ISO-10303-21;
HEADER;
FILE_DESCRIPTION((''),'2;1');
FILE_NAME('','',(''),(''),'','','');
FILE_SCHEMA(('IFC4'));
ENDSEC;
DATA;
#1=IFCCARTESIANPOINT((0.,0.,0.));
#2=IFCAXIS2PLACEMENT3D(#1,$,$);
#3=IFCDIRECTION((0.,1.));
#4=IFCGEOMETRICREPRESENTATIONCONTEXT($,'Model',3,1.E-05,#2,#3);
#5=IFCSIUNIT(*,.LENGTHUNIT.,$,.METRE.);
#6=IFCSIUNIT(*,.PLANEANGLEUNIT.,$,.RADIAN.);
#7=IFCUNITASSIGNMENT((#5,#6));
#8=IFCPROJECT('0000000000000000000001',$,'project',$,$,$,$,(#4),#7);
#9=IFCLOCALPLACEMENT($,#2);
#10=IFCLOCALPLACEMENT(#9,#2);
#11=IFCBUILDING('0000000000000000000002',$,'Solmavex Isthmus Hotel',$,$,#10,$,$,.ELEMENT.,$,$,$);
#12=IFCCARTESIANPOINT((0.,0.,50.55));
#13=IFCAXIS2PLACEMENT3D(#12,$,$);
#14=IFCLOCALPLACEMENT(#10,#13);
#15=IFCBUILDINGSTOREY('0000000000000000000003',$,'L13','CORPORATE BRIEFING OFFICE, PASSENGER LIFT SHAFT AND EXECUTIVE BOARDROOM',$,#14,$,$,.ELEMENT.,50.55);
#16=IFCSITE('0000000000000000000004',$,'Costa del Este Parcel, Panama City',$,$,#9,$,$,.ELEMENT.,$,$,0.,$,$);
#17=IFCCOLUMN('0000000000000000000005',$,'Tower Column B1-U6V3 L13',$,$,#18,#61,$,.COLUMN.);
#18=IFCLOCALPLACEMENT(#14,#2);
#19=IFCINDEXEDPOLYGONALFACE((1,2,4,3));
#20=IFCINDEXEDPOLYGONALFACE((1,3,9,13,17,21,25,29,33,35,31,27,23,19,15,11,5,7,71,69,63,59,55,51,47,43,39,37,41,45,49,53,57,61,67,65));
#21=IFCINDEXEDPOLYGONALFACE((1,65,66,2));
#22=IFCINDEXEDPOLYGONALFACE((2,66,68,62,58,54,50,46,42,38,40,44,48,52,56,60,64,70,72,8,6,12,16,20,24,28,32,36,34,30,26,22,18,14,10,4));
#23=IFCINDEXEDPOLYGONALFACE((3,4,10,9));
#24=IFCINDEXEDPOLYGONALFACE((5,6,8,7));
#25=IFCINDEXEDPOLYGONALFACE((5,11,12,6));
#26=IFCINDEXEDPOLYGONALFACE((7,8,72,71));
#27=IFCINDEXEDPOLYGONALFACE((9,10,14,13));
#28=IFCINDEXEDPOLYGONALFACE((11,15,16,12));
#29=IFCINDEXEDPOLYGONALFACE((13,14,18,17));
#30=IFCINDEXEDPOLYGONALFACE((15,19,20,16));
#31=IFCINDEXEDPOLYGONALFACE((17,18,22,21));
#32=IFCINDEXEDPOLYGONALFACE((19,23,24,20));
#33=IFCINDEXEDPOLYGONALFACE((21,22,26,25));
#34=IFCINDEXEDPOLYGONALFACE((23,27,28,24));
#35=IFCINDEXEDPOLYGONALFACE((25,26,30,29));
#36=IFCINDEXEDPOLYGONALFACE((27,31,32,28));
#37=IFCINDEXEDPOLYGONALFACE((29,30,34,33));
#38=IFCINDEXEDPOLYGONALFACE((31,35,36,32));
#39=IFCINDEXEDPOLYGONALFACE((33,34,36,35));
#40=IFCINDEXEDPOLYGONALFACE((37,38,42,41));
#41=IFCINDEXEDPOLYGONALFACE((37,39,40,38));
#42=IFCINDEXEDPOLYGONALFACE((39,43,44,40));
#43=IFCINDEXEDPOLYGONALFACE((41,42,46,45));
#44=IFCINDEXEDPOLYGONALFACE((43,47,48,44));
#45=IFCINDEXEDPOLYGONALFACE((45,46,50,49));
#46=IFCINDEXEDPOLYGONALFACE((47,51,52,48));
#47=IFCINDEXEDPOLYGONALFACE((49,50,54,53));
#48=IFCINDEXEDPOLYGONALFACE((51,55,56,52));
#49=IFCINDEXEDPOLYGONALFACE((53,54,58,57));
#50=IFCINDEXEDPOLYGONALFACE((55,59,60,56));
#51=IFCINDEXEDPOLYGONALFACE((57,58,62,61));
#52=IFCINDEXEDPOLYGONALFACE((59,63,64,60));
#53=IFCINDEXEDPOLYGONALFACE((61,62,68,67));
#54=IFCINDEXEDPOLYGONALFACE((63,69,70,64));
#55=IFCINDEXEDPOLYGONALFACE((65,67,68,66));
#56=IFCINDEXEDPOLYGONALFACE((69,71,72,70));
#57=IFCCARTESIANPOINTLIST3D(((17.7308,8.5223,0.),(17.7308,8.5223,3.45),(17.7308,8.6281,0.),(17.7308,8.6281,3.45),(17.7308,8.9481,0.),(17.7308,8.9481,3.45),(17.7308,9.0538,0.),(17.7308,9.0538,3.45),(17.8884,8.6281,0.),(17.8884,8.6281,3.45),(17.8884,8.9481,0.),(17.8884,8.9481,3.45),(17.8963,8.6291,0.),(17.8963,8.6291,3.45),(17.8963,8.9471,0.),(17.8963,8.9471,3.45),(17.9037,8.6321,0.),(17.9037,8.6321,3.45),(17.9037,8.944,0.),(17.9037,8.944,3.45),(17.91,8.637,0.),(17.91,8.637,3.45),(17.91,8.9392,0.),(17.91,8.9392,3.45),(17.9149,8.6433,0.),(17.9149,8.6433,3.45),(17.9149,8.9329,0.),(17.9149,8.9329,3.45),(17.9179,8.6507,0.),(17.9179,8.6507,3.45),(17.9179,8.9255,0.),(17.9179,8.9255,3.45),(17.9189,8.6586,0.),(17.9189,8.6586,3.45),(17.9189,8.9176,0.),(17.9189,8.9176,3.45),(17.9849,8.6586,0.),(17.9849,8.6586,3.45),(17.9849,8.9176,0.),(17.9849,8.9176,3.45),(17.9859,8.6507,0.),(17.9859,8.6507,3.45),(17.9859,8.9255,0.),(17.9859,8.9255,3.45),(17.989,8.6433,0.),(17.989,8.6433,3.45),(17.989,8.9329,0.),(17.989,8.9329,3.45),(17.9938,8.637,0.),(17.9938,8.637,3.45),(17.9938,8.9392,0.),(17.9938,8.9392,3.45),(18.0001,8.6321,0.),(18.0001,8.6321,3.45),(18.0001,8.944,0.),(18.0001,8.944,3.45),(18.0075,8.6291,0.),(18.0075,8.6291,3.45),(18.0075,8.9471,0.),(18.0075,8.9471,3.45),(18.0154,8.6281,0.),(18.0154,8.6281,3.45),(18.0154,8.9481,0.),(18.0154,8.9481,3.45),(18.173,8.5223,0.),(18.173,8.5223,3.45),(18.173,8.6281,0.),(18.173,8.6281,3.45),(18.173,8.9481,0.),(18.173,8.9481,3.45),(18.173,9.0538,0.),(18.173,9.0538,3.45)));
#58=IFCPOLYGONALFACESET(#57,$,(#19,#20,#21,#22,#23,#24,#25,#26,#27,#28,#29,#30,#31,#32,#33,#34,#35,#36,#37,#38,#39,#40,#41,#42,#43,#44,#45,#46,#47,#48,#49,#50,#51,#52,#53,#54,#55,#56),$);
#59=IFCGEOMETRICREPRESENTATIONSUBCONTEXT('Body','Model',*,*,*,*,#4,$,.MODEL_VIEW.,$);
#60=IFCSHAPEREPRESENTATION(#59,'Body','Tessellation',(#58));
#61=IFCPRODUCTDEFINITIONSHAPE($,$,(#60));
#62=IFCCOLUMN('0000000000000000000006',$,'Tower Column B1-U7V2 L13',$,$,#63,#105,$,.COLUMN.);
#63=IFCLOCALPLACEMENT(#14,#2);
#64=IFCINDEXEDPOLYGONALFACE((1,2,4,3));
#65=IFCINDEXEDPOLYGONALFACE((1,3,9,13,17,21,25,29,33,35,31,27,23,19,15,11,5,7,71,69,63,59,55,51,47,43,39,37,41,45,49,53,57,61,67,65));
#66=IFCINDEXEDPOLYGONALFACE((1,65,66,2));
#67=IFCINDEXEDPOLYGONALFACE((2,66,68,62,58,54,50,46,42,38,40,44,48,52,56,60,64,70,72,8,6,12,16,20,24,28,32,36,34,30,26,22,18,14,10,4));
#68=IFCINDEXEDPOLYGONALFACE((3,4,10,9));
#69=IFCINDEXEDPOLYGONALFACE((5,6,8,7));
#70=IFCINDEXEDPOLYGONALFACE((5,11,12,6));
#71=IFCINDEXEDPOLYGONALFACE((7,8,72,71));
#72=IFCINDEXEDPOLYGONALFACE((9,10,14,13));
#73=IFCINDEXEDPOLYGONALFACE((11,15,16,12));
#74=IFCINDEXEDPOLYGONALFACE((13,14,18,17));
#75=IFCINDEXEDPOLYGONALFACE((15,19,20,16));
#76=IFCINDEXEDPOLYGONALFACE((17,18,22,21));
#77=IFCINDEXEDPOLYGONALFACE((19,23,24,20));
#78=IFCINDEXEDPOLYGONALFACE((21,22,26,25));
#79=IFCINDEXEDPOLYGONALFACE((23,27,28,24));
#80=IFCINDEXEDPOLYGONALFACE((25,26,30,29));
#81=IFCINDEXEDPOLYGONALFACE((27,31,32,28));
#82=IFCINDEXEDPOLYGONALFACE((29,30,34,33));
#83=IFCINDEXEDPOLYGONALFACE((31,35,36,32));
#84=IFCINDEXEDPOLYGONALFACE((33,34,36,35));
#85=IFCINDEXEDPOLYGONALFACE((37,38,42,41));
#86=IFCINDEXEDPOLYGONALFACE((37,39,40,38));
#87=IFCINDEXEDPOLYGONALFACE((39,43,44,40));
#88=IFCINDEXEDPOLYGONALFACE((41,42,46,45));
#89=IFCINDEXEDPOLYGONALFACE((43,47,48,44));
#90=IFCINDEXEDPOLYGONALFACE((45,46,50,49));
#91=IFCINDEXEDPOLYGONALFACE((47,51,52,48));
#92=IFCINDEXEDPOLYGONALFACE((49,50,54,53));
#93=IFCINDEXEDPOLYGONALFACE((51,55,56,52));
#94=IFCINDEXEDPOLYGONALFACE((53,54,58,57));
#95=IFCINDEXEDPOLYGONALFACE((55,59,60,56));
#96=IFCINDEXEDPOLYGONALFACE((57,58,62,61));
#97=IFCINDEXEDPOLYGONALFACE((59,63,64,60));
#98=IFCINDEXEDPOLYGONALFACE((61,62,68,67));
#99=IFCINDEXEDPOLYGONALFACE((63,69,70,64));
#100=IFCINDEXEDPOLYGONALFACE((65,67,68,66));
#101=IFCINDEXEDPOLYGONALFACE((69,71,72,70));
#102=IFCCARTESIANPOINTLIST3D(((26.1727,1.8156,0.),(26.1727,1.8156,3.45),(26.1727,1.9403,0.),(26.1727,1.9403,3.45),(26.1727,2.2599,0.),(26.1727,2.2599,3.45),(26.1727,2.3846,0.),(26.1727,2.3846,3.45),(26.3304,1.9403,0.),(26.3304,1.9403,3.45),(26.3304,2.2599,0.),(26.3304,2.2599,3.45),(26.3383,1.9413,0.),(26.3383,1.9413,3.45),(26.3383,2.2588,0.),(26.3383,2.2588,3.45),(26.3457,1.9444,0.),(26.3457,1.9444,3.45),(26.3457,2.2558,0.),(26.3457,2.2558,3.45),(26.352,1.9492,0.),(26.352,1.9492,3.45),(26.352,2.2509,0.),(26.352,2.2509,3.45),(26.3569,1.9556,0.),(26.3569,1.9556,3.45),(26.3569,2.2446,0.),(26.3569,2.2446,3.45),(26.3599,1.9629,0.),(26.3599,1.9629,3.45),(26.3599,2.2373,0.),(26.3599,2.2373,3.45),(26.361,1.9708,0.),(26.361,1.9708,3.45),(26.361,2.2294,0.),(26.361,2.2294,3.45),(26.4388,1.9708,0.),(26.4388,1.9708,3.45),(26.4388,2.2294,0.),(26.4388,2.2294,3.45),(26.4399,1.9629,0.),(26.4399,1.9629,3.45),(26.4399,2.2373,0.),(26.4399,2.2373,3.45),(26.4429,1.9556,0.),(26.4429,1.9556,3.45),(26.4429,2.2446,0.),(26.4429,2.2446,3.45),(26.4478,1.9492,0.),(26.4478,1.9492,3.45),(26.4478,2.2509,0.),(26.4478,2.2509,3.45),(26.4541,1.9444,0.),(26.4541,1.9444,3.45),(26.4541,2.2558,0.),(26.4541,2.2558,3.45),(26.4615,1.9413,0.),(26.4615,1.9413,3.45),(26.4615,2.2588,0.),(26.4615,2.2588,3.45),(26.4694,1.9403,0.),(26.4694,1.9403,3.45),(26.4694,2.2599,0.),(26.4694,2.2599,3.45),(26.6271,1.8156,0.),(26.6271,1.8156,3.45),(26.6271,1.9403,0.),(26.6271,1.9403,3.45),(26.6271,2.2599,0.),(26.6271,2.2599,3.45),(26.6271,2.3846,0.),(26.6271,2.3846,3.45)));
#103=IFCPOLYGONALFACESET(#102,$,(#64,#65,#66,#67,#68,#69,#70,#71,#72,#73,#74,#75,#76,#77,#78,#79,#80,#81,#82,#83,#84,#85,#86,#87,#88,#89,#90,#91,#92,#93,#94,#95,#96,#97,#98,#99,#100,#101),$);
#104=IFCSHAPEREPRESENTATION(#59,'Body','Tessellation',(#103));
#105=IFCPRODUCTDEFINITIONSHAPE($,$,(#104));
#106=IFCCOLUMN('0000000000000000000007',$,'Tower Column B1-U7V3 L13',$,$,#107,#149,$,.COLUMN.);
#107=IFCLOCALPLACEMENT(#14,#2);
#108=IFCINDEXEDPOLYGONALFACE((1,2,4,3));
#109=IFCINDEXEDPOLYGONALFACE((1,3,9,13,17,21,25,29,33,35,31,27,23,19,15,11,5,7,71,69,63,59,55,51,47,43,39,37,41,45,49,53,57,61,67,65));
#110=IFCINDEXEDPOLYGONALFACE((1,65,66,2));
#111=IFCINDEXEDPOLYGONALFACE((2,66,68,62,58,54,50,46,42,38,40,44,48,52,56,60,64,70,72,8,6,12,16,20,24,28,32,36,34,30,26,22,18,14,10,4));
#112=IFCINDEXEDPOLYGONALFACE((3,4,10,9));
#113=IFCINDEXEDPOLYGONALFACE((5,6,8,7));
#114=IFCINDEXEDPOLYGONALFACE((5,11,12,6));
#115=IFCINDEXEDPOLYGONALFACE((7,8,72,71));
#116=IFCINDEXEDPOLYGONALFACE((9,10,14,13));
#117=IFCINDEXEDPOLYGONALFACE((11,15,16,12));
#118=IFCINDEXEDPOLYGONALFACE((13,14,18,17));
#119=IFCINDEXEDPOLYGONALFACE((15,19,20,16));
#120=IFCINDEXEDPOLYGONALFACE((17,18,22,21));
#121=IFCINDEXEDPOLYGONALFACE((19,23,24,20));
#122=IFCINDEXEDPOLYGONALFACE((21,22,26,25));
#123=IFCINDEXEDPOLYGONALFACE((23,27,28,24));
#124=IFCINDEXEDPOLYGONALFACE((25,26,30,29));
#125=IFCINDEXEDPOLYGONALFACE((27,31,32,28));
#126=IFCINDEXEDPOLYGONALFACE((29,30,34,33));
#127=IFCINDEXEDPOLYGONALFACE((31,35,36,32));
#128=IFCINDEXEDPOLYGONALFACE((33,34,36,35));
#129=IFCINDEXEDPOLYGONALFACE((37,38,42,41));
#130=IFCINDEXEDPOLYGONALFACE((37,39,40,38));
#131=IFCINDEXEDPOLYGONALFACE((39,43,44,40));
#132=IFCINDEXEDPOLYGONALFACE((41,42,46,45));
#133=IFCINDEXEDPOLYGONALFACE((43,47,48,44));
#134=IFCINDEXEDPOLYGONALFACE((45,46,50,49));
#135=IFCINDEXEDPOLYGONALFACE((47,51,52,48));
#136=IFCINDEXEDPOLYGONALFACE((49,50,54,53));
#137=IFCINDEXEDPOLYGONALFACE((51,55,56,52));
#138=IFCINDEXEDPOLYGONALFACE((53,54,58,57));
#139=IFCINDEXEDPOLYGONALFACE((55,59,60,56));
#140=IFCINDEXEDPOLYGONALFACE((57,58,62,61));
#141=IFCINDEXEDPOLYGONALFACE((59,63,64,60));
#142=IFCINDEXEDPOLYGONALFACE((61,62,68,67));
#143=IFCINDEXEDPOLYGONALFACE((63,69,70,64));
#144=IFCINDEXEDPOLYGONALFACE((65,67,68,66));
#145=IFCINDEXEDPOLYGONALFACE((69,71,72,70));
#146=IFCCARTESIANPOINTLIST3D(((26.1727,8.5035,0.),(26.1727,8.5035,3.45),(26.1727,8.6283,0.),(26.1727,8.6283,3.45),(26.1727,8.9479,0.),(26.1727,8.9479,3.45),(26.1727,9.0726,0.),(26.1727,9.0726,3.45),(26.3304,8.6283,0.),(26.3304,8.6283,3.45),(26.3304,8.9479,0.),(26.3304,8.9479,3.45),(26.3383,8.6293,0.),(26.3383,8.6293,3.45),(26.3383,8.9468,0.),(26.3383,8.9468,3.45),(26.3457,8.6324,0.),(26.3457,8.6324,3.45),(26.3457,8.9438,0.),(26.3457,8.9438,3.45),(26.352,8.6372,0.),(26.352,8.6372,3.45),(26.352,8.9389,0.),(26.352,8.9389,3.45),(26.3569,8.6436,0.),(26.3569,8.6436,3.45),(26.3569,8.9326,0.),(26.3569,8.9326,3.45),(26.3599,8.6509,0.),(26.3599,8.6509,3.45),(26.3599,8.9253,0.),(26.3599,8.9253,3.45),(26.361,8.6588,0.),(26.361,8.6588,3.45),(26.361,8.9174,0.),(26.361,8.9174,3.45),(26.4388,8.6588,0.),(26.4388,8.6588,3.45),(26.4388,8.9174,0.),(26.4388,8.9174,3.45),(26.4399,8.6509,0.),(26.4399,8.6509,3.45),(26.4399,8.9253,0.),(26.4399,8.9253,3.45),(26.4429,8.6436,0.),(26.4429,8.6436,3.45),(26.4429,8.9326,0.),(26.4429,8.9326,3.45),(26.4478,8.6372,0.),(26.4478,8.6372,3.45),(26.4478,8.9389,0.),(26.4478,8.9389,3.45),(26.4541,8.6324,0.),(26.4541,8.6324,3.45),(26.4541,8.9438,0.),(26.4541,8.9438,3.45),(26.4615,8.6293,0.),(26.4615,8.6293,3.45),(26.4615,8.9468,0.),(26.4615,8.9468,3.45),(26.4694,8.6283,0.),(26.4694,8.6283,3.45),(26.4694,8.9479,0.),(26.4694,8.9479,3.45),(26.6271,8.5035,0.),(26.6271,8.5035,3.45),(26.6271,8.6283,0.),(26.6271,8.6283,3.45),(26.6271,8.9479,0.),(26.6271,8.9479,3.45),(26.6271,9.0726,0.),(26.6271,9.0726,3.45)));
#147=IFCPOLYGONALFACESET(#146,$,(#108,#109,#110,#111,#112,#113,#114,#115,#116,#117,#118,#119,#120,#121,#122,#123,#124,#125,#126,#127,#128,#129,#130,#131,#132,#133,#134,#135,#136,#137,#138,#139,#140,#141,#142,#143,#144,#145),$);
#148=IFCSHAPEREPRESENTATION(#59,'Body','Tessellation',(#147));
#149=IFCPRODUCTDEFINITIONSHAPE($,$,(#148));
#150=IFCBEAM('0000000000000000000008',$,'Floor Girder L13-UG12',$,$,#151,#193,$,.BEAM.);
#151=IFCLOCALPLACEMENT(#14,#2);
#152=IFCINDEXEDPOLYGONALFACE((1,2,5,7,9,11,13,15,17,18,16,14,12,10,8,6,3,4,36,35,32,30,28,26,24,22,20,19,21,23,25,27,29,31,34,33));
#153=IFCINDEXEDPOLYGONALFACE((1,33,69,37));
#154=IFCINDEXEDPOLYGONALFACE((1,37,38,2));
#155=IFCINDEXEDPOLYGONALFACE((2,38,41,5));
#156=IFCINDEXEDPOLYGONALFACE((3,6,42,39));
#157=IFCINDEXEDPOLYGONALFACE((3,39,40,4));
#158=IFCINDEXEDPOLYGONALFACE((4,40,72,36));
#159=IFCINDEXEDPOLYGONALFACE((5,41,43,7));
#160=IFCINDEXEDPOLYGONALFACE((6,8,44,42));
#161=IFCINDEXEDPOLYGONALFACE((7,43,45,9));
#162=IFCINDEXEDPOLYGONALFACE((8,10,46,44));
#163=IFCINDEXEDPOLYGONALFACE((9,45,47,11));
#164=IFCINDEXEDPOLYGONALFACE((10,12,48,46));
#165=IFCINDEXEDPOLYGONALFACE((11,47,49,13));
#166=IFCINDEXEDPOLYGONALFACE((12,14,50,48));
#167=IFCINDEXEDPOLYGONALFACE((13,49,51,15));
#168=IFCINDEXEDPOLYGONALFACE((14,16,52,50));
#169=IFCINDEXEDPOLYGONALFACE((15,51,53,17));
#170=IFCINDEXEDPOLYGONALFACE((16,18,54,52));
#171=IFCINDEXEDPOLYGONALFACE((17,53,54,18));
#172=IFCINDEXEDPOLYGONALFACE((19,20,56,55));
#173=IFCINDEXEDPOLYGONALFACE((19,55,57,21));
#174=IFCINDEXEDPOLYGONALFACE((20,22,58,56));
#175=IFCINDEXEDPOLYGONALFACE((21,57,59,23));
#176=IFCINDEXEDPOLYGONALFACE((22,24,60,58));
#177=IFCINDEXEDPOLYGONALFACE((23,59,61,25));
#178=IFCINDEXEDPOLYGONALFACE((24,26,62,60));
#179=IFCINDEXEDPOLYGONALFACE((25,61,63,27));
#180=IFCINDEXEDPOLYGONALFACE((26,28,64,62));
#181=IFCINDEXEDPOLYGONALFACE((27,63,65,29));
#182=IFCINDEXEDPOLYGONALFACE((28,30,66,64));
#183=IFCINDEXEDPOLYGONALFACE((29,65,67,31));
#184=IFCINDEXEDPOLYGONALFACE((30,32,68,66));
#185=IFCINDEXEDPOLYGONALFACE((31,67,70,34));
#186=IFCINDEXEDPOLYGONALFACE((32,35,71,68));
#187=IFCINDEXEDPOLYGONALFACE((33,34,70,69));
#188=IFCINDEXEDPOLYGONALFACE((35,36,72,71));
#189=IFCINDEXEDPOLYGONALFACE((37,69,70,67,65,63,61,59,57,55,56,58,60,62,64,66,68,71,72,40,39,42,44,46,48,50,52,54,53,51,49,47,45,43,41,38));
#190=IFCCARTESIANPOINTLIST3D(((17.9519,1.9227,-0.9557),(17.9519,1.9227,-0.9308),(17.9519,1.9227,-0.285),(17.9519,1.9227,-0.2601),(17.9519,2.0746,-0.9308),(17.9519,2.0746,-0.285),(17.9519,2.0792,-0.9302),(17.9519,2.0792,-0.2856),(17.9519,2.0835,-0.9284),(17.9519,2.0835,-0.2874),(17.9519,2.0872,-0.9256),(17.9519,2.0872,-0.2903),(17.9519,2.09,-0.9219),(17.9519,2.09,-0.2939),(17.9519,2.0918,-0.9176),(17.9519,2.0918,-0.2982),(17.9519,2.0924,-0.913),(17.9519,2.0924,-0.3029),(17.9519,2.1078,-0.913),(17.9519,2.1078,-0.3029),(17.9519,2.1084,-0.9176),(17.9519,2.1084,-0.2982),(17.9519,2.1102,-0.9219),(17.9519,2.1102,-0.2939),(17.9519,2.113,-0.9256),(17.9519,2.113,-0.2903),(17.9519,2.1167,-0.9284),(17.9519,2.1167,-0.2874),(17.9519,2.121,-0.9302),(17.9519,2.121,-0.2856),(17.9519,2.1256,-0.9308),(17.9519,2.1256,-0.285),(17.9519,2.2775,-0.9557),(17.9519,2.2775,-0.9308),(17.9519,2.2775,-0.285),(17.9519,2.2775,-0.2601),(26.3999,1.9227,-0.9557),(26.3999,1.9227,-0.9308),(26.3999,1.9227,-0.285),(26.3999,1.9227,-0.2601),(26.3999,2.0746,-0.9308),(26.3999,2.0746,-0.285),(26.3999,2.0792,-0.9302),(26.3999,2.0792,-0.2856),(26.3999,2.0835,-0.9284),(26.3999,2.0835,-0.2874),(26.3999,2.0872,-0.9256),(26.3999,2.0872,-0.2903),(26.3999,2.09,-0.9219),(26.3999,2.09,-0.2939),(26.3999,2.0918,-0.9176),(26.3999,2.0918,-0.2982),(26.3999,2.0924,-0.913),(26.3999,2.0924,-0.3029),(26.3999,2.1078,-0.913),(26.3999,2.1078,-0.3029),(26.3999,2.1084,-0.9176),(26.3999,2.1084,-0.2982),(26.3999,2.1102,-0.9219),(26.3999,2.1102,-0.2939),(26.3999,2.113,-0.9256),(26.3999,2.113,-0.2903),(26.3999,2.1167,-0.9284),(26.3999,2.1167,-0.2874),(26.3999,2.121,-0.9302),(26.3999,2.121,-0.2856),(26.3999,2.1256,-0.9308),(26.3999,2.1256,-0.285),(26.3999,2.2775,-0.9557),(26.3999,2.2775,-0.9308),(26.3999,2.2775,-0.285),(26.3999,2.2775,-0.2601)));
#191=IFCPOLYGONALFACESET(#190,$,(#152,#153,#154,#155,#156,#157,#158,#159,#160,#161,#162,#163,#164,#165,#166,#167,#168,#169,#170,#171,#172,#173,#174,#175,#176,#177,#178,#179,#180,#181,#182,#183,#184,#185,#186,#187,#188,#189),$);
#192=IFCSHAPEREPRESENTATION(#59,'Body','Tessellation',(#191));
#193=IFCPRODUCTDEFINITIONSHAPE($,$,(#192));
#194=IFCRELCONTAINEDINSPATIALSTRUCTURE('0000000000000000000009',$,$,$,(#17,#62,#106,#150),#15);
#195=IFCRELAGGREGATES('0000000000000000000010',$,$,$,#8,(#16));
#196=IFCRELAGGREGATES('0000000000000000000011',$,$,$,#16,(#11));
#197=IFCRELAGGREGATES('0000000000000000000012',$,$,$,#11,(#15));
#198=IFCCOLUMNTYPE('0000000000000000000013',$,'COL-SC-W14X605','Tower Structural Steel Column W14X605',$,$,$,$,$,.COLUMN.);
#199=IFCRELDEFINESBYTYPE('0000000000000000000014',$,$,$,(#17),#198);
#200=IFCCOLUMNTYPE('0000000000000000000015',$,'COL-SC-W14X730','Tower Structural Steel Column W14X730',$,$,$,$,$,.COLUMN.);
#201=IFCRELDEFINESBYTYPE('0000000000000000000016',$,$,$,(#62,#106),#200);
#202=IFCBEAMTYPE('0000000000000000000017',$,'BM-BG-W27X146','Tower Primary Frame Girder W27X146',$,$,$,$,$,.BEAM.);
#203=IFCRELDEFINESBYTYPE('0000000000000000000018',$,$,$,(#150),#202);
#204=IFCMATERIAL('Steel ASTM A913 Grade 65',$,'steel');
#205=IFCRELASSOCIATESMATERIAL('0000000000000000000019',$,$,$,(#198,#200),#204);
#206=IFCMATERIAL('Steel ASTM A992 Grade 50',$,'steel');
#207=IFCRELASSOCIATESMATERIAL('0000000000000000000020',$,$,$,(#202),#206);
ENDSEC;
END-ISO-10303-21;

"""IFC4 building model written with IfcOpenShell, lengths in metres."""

from ifc_helpers import new_model, si_unit, direction, frame, origin, origin_2d, place, context, subcontext, project, spatial, i_section, extrude, material, material_profile, profile_set, type_object, element, save


model = new_model("IFC4")

# Units and contexts
model_context = context("Model", 3, precision=1e-05, world=origin(), true_north=direction((0.0, 1.0)))
body_context = subcontext(model_context, "Body", "Model", "MODEL_VIEW")
ifc_project = project(units=[si_unit("LENGTHUNIT", "METRE"), si_unit("PLANEANGLEUNIT", "RADIAN")], contexts=[model_context])

# Site, building, storey
site_placement = place(None, origin())
site = spatial("IfcSite", under=ifc_project, at=site_placement, Name="Costa del Este Parcel, Panama City", CompositionType="ELEMENT", RefElevation=0.0)
building_placement = place(site_placement, origin())
building = spatial("IfcBuilding", under=site, at=building_placement, Name="Solmavex Isthmus Hotel", CompositionType="ELEMENT")
storey_placement = place(building_placement, frame((0.0, 0.0, 50.55)))
storey = spatial("IfcBuildingStorey", under=building, at=storey_placement, Name="L13", Description="CORPORATE BRIEFING OFFICE, PASSENGER LIFT SHAFT AND EXECUTIVE BOARDROOM", CompositionType="ELEMENT", Elevation=50.55)

# Columns
ifc_material_1 = material(Name="Steel ASTM A913 Grade 65", Category="steel")
ifc_material_profile_1 = material_profile(ifc_material_1, i_section(OverallWidth=0.4421, OverallDepth=0.5315, WebThickness=0.0659, FlangeThickness=0.1057, FilletRadius=0.0305, at=origin_2d()), Name="W14X605")
ifc_profile_set_1 = profile_set([ifc_material_profile_1], Name="Steel ASTM A913 Grade 65")
column_type_1 = type_object("IfcColumnType", Name="COL-SC-W14X605", Description="Tower Structural Steel Column W14X605", PredefinedType="COLUMN", material=ifc_profile_set_1)
column_placement = place(storey_placement, frame((17.9519, 8.7881, 0.0), z_axis=(0.0, 0.0, 1.0), x_axis=(1.0, 0.0, 0.0)))
element("IfcColumn", 1, at=column_placement, inside=storey, type_object=column_type_1, Name="Tower Column B1-U6V3 L13", PredefinedType="COLUMN", context=body_context, shape_type="SweptSolid", body=[
    extrude(i_section(OverallWidth=0.4421, OverallDepth=0.5315, WebThickness=0.0659, FlangeThickness=0.1057, FilletRadius=0.0305, at=origin_2d()), origin(), (0.0, 0.0, 1.0), 3.45),
])
ifc_material_profile_2 = material_profile(ifc_material_1, i_section(OverallWidth=0.4543, OverallDepth=0.5691, WebThickness=0.0779, FlangeThickness=0.1248, FilletRadius=0.0305, at=origin_2d()), Name="W14X730")
ifc_profile_set_2 = profile_set([ifc_material_profile_2], Name="Steel ASTM A913 Grade 65")
column_type_2 = type_object("IfcColumnType", Name="COL-SC-W14X730", Description="Tower Structural Steel Column W14X730", PredefinedType="COLUMN", material=ifc_profile_set_2)
for number, where, z_axis, x_axis, name in (
    (2, (26.3999, 2.1001, 0.0), (0.0, 0.0, 1.0), (1.0, 0.0, 0.0), "Tower Column B1-U7V2 L13"),
    (3, (26.3999, 8.7881, 0.0), (0.0, 0.0, 1.0), (1.0, 0.0, 0.0), "Tower Column B1-U7V3 L13"),
):
    element("IfcColumn", number, at=place(storey_placement, frame(where, z_axis=z_axis, x_axis=x_axis)), inside=storey, type_object=column_type_2, Name=name, PredefinedType="COLUMN", context=body_context, shape_type="SweptSolid", body=[
        extrude(i_section(OverallWidth=0.4543, OverallDepth=0.5691, WebThickness=0.0779, FlangeThickness=0.1248, FilletRadius=0.0305, at=origin_2d()), origin(), (0.0, 0.0, 1.0), 3.45),
    ])

# Beam
ifc_material_2 = material(Name="Steel ASTM A992 Grade 50", Category="steel")
ifc_material_profile_3 = material_profile(ifc_material_2, i_section(OverallWidth=0.3547, OverallDepth=0.6956, WebThickness=0.0154, FlangeThickness=0.0249, FilletRadius=0.0178, at=origin_2d()), Name="W27X146")
ifc_profile_set_3 = profile_set([ifc_material_profile_3], Name="Steel ASTM A992 Grade 50")
beam_type_1 = type_object("IfcBeamType", Name="BM-BG-W27X146", Description="Tower Primary Frame Girder W27X146", PredefinedType="BEAM", material=ifc_profile_set_3)
for number, where, z_axis, x_axis, name in (
    (4, (17.9519, 2.1001, -0.6079), (1.0, 0.0, 0.0), (0.0, 1.0, 0.0), "Floor Girder L13-UG12"),
):
    element("IfcBeam", number, at=place(storey_placement, frame(where, z_axis=z_axis, x_axis=x_axis)), inside=storey, type_object=beam_type_1, Name=name, PredefinedType="BEAM", context=body_context, shape_type="SweptSolid", body=[
        extrude(i_section(OverallWidth=0.3547, OverallDepth=0.6956, WebThickness=0.0154, FlangeThickness=0.0249, FilletRadius=0.0178, at=origin_2d()), origin(), (0.0, 0.0, 1.0), 8.448),
    ])

save(model, "model.ifc")
